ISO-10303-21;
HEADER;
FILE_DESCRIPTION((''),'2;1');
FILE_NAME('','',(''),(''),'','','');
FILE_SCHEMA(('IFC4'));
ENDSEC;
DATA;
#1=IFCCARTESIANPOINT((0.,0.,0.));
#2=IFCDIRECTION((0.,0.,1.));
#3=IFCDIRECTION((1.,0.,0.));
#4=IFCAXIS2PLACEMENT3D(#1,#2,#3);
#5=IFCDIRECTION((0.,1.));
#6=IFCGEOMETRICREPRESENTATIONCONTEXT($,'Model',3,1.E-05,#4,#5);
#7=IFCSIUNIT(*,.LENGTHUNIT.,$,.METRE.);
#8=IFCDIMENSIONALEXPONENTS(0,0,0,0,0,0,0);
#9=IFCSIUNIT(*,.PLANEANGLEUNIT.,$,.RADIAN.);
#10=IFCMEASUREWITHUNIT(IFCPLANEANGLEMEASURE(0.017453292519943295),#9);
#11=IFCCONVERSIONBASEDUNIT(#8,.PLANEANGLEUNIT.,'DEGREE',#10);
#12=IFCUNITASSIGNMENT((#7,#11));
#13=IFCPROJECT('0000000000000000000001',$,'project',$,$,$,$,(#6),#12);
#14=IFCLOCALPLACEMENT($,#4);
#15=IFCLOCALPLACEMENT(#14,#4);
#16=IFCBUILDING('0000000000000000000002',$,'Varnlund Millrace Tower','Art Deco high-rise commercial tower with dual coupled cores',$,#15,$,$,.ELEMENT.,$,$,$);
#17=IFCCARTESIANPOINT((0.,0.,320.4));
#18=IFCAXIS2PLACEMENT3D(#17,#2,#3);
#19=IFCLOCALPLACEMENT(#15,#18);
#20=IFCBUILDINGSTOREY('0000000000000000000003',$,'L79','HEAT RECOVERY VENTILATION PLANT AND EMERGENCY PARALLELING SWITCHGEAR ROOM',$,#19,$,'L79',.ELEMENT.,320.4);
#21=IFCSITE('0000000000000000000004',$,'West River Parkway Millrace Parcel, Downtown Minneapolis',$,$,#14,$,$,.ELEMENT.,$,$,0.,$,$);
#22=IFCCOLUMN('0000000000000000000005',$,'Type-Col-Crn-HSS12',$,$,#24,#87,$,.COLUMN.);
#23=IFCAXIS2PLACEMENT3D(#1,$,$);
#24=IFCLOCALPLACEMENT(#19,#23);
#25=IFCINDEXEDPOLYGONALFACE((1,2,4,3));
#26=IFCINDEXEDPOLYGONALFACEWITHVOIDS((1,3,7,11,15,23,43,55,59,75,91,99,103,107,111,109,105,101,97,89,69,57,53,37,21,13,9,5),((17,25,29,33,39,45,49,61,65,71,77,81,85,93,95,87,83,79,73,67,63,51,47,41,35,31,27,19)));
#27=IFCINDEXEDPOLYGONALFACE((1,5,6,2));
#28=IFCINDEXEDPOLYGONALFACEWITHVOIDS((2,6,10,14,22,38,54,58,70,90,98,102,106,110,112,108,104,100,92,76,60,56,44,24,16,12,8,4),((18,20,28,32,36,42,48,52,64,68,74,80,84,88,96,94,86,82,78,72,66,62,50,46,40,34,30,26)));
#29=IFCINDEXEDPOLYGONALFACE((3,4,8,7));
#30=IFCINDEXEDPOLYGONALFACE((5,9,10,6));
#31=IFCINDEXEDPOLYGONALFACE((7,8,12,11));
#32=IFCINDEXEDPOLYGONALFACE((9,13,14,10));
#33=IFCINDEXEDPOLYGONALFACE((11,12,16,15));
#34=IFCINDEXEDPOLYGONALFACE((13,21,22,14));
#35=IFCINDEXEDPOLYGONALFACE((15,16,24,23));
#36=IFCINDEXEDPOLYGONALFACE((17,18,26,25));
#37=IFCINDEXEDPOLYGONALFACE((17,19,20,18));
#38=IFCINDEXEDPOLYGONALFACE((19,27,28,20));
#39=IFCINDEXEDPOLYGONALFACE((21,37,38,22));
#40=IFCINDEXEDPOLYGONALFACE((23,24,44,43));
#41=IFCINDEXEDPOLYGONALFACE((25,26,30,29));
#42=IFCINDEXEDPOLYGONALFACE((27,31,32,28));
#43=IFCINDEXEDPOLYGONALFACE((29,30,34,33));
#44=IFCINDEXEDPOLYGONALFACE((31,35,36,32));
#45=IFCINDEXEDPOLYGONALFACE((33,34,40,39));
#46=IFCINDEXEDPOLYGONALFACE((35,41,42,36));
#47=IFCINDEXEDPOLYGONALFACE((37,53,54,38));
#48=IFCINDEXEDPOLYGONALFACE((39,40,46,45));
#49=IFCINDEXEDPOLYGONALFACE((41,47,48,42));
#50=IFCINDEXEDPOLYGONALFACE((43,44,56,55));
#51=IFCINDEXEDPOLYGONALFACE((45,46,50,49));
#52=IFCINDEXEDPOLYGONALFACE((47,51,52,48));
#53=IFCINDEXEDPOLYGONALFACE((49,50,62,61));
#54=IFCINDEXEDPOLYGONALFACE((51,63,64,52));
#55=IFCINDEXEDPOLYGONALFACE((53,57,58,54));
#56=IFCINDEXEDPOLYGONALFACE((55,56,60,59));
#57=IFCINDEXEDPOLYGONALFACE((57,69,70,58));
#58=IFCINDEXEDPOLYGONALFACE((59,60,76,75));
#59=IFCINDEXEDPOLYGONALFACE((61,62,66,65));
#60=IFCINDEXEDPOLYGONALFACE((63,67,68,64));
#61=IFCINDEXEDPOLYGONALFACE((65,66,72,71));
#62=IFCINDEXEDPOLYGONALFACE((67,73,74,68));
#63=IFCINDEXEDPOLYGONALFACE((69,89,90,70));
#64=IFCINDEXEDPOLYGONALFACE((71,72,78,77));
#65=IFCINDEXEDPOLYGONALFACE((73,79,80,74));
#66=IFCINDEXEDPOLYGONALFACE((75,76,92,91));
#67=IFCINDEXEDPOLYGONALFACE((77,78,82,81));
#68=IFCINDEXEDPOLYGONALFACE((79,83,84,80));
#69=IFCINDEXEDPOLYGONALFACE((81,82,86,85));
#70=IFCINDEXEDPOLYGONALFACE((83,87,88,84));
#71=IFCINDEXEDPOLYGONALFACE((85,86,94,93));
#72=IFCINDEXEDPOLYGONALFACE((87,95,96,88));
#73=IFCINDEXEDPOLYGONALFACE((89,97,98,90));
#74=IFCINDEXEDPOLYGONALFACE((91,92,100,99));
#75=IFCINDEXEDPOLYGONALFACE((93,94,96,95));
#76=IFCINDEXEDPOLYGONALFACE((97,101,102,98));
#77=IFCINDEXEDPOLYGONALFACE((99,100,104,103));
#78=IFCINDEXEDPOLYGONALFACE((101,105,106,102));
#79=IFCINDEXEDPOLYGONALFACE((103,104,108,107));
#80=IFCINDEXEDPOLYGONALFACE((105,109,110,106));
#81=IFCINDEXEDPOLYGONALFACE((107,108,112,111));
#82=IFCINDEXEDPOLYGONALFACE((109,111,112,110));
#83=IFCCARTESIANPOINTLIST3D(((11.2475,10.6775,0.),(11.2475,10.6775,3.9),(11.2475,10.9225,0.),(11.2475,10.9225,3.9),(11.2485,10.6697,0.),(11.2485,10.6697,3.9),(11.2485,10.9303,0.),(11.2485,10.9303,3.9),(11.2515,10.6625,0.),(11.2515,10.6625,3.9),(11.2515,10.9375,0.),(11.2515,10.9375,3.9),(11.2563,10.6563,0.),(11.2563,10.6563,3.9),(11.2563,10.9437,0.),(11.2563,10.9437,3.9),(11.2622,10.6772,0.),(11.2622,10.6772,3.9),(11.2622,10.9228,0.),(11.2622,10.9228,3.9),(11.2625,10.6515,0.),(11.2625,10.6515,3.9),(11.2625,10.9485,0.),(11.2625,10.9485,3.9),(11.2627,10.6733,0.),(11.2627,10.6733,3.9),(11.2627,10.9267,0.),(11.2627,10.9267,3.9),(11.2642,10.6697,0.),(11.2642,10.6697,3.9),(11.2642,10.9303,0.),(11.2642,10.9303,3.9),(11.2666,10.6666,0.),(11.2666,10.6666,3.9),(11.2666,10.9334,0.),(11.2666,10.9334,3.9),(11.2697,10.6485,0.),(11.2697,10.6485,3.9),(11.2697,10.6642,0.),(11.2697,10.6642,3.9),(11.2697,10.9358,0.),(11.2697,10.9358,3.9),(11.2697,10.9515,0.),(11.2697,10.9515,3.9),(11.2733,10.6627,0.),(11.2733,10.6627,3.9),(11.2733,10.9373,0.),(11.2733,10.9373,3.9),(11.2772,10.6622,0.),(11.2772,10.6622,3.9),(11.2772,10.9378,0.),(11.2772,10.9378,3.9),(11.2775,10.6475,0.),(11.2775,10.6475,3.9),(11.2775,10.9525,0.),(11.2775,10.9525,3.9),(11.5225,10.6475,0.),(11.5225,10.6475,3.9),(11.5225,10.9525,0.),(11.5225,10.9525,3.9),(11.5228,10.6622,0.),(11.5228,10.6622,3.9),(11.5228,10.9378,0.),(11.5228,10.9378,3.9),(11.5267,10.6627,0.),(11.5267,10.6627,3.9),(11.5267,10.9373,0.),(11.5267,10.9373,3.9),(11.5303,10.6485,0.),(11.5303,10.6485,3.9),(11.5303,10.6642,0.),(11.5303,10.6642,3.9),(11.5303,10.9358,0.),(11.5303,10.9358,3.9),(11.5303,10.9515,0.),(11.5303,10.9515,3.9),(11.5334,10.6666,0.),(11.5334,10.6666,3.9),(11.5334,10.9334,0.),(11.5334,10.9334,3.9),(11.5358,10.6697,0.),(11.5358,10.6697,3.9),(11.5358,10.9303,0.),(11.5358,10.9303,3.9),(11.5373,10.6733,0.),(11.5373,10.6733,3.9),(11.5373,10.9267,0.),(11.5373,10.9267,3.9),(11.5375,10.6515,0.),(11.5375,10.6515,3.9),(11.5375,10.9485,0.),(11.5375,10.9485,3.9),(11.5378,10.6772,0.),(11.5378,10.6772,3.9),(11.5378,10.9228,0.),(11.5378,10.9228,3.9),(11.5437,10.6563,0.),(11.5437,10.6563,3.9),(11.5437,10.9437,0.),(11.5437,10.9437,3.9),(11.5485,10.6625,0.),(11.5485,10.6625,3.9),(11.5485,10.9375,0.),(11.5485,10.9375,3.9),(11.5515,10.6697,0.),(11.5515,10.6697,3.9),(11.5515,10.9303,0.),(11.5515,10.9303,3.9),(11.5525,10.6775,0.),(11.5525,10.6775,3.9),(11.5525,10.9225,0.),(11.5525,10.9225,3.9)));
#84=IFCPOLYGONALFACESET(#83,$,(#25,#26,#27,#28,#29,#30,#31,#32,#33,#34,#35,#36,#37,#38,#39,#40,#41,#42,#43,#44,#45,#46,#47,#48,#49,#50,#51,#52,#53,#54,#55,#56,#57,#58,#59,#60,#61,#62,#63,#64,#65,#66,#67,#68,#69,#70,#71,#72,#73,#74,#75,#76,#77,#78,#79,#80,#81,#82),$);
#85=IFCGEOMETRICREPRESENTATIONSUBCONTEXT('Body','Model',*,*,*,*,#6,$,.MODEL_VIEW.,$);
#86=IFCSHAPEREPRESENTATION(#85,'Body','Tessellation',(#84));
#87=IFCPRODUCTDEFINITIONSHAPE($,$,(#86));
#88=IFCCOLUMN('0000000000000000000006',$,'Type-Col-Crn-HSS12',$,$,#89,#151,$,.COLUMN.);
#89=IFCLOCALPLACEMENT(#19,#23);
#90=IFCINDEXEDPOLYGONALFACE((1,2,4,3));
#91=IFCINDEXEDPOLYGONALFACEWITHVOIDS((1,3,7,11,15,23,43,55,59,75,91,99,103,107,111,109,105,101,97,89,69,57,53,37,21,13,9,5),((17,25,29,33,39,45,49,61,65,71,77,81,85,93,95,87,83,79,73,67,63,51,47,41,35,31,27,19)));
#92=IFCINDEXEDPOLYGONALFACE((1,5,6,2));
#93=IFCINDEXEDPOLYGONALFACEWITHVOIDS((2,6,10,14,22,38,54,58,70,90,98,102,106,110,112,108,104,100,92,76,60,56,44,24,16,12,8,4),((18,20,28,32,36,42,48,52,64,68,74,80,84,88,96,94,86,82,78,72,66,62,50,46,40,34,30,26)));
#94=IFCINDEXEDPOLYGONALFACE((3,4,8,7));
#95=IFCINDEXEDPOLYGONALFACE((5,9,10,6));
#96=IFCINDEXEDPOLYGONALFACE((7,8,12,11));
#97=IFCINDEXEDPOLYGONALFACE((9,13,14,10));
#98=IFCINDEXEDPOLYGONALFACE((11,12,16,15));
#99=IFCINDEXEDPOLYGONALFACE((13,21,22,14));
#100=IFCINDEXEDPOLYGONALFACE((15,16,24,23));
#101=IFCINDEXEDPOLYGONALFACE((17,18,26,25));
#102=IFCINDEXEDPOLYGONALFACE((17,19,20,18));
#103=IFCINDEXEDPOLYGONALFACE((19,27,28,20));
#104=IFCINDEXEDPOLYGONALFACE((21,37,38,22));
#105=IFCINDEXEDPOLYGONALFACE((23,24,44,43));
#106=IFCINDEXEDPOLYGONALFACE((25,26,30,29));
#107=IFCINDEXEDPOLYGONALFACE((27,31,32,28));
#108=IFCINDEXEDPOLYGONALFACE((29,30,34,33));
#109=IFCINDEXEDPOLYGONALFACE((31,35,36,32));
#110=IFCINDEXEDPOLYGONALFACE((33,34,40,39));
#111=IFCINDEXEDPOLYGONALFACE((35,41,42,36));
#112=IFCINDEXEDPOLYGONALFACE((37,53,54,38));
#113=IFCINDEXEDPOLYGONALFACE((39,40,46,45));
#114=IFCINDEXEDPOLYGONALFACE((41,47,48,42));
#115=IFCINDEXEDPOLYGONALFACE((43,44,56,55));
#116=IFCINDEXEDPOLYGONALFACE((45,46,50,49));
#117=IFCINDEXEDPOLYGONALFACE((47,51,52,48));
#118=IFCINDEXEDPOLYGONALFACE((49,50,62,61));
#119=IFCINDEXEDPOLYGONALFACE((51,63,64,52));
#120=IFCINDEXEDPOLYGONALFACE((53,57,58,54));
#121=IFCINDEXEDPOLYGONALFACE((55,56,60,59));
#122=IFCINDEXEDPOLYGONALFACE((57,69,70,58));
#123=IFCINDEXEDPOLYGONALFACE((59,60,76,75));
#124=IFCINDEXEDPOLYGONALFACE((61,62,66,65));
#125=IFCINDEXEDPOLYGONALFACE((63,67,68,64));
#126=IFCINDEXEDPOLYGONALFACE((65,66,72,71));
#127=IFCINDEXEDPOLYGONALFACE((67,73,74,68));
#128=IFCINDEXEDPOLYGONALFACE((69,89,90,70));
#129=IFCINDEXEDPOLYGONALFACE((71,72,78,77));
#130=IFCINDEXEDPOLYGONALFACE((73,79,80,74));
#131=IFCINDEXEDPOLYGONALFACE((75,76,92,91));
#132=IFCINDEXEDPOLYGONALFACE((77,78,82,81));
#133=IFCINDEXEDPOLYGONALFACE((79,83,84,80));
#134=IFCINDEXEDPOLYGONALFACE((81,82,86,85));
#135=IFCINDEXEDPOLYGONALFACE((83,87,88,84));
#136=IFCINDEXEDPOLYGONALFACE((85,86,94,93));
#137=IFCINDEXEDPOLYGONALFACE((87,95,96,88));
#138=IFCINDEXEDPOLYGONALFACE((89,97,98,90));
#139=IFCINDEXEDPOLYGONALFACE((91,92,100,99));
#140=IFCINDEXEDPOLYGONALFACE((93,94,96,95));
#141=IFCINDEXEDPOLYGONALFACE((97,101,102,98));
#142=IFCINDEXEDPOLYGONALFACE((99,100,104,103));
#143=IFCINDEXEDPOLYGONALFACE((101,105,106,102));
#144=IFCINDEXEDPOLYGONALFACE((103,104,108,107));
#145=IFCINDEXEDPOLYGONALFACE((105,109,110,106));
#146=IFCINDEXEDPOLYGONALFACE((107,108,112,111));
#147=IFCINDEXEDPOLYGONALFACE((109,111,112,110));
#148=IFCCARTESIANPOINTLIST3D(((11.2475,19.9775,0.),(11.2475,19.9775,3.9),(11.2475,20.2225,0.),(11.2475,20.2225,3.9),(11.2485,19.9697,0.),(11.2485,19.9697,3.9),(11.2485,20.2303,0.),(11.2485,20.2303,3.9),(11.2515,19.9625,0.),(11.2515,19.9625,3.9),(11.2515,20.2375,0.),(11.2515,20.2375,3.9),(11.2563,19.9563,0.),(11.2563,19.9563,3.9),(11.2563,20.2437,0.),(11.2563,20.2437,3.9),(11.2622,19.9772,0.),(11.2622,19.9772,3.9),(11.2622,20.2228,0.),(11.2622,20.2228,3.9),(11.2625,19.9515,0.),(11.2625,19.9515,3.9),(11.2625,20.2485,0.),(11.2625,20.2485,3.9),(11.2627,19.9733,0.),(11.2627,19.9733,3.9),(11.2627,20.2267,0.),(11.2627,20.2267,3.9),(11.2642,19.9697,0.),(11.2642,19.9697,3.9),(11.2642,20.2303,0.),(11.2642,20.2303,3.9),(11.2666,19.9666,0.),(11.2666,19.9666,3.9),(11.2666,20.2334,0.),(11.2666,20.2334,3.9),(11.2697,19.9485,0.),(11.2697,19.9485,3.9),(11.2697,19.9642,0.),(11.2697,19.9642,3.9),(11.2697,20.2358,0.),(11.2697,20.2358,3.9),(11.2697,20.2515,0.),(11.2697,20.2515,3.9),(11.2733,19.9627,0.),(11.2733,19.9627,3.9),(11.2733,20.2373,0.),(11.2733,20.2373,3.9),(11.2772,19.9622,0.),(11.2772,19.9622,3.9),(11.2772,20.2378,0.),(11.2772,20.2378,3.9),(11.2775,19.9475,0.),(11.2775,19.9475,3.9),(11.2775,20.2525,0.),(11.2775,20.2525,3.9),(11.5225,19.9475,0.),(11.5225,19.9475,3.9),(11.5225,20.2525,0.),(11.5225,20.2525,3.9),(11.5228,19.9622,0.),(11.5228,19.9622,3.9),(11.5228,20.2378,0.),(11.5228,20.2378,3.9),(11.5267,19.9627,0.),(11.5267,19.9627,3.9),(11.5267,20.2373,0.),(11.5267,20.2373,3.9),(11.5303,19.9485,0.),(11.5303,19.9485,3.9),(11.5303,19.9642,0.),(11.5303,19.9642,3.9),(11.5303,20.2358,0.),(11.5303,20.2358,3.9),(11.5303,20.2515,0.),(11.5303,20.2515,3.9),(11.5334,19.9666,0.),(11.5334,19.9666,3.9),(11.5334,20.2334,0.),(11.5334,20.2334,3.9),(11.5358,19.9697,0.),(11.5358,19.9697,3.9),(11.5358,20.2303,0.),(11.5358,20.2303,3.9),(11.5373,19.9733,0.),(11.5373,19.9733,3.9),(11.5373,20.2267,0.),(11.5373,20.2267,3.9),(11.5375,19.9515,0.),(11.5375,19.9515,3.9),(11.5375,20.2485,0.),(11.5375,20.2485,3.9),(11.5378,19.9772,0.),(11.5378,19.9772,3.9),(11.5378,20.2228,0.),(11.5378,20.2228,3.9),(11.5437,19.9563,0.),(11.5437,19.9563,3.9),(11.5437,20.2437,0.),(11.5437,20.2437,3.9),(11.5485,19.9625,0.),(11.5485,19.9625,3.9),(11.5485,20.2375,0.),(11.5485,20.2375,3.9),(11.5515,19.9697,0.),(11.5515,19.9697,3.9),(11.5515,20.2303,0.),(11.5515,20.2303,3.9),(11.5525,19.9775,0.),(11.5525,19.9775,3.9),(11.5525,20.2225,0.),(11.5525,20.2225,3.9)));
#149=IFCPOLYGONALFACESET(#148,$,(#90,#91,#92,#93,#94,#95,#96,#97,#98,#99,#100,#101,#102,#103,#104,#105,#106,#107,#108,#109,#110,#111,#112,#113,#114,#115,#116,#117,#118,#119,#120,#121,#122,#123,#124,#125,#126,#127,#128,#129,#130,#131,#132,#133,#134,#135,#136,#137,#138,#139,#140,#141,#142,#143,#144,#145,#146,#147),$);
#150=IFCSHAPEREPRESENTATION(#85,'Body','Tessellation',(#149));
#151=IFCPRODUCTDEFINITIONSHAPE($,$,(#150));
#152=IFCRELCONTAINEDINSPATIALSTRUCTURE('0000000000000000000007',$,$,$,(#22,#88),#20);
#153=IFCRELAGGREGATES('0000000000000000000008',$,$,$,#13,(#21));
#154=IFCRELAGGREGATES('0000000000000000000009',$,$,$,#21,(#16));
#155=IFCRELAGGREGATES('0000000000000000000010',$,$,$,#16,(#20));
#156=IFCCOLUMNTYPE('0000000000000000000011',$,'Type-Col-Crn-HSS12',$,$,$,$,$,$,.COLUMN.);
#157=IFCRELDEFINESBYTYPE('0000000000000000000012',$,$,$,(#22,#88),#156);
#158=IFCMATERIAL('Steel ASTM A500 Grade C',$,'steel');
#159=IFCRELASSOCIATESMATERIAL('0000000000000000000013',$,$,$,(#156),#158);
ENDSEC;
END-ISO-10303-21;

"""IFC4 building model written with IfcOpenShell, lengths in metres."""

from ifc_helpers import new_model, entity, si_unit, converted_unit, direction, frame, origin_with_axes, origin_2d_with_axis, place, context, subcontext, project, spatial, hollow_rectangle, extrude, material, material_profile, profile_set, type_object, element, save


model = new_model("IFC4")

# Units and contexts
model_context = context("Model", 3, precision=1e-05, world=origin_with_axes(), true_north=direction((0.0, 1.0)))
body_context = subcontext(model_context, "Body", "Model", "MODEL_VIEW")
ifc_project = project(units=[si_unit("LENGTHUNIT", "METRE"), converted_unit("PLANEANGLEUNIT", "DEGREE", entity("IfcPlaneAngleMeasure", 0.017453292519943295), si_unit("PLANEANGLEUNIT", "RADIAN"), dimensions=[0, 0, 0, 0, 0, 0, 0])], contexts=[model_context])

# Site, building, storey
site_placement = place(None, origin_with_axes())
site = spatial("IfcSite", under=ifc_project, at=site_placement, Name="West River Parkway Millrace Parcel, Downtown Minneapolis", CompositionType="ELEMENT", RefElevation=0.0)
building_placement = place(site_placement, origin_with_axes())
building = spatial("IfcBuilding", under=site, at=building_placement, Name="Varnlund Millrace Tower", Description="Art Deco high-rise commercial tower with dual coupled cores", CompositionType="ELEMENT")
storey_placement = place(building_placement, frame((0.0, 0.0, 320.4), z_axis=(0.0, 0.0, 1.0), x_axis=(1.0, 0.0, 0.0)))
storey = spatial("IfcBuildingStorey", under=building, at=storey_placement, Name="L79", Description="HEAT RECOVERY VENTILATION PLANT AND EMERGENCY PARALLELING SWITCHGEAR ROOM", LongName="L79", CompositionType="ELEMENT", Elevation=320.4)

# Columns
ifc_material_1 = material(Name="Steel ASTM A500 Grade C", Category="steel")
ifc_material_profile_1 = material_profile(ifc_material_1, hollow_rectangle(XDim=0.305, YDim=0.305, WallThickness=0.0147, InnerFilletRadius=0.015, OuterFilletRadius=0.03, at=origin_2d_with_axis()), Name="Steel ASTM A500 Grade C")
ifc_profile_set_1 = profile_set([ifc_material_profile_1], Name="Steel ASTM A500 Grade C")
column_type = type_object("IfcColumnType", Name="Type-Col-Crn-HSS12", PredefinedType="COLUMN", material=ifc_profile_set_1)
for number, where, z_axis, x_axis, name in (
    (1, (11.4, 10.8, 0.0), (0.0, 0.0, 1.0), (1.0, 0.0, 0.0), "Type-Col-Crn-HSS12"),
    (2, (11.4, 20.1, 0.0), (0.0, 0.0, 1.0), (1.0, 0.0, 0.0), "Type-Col-Crn-HSS12"),
):
    element("IfcColumn", number, at=place(storey_placement, frame(where, z_axis=z_axis, x_axis=x_axis)), inside=storey, type_object=column_type, Name=name, PredefinedType="COLUMN", context=body_context, shape_type="SweptSolid", body=[
        extrude(hollow_rectangle(XDim=0.305, YDim=0.305, WallThickness=0.0147, InnerFilletRadius=0.015, OuterFilletRadius=0.03, at=origin_2d_with_axis()), origin_with_axes(), (0.0, 0.0, 1.0), 3.9),
    ])

save(model, "model.ifc")
